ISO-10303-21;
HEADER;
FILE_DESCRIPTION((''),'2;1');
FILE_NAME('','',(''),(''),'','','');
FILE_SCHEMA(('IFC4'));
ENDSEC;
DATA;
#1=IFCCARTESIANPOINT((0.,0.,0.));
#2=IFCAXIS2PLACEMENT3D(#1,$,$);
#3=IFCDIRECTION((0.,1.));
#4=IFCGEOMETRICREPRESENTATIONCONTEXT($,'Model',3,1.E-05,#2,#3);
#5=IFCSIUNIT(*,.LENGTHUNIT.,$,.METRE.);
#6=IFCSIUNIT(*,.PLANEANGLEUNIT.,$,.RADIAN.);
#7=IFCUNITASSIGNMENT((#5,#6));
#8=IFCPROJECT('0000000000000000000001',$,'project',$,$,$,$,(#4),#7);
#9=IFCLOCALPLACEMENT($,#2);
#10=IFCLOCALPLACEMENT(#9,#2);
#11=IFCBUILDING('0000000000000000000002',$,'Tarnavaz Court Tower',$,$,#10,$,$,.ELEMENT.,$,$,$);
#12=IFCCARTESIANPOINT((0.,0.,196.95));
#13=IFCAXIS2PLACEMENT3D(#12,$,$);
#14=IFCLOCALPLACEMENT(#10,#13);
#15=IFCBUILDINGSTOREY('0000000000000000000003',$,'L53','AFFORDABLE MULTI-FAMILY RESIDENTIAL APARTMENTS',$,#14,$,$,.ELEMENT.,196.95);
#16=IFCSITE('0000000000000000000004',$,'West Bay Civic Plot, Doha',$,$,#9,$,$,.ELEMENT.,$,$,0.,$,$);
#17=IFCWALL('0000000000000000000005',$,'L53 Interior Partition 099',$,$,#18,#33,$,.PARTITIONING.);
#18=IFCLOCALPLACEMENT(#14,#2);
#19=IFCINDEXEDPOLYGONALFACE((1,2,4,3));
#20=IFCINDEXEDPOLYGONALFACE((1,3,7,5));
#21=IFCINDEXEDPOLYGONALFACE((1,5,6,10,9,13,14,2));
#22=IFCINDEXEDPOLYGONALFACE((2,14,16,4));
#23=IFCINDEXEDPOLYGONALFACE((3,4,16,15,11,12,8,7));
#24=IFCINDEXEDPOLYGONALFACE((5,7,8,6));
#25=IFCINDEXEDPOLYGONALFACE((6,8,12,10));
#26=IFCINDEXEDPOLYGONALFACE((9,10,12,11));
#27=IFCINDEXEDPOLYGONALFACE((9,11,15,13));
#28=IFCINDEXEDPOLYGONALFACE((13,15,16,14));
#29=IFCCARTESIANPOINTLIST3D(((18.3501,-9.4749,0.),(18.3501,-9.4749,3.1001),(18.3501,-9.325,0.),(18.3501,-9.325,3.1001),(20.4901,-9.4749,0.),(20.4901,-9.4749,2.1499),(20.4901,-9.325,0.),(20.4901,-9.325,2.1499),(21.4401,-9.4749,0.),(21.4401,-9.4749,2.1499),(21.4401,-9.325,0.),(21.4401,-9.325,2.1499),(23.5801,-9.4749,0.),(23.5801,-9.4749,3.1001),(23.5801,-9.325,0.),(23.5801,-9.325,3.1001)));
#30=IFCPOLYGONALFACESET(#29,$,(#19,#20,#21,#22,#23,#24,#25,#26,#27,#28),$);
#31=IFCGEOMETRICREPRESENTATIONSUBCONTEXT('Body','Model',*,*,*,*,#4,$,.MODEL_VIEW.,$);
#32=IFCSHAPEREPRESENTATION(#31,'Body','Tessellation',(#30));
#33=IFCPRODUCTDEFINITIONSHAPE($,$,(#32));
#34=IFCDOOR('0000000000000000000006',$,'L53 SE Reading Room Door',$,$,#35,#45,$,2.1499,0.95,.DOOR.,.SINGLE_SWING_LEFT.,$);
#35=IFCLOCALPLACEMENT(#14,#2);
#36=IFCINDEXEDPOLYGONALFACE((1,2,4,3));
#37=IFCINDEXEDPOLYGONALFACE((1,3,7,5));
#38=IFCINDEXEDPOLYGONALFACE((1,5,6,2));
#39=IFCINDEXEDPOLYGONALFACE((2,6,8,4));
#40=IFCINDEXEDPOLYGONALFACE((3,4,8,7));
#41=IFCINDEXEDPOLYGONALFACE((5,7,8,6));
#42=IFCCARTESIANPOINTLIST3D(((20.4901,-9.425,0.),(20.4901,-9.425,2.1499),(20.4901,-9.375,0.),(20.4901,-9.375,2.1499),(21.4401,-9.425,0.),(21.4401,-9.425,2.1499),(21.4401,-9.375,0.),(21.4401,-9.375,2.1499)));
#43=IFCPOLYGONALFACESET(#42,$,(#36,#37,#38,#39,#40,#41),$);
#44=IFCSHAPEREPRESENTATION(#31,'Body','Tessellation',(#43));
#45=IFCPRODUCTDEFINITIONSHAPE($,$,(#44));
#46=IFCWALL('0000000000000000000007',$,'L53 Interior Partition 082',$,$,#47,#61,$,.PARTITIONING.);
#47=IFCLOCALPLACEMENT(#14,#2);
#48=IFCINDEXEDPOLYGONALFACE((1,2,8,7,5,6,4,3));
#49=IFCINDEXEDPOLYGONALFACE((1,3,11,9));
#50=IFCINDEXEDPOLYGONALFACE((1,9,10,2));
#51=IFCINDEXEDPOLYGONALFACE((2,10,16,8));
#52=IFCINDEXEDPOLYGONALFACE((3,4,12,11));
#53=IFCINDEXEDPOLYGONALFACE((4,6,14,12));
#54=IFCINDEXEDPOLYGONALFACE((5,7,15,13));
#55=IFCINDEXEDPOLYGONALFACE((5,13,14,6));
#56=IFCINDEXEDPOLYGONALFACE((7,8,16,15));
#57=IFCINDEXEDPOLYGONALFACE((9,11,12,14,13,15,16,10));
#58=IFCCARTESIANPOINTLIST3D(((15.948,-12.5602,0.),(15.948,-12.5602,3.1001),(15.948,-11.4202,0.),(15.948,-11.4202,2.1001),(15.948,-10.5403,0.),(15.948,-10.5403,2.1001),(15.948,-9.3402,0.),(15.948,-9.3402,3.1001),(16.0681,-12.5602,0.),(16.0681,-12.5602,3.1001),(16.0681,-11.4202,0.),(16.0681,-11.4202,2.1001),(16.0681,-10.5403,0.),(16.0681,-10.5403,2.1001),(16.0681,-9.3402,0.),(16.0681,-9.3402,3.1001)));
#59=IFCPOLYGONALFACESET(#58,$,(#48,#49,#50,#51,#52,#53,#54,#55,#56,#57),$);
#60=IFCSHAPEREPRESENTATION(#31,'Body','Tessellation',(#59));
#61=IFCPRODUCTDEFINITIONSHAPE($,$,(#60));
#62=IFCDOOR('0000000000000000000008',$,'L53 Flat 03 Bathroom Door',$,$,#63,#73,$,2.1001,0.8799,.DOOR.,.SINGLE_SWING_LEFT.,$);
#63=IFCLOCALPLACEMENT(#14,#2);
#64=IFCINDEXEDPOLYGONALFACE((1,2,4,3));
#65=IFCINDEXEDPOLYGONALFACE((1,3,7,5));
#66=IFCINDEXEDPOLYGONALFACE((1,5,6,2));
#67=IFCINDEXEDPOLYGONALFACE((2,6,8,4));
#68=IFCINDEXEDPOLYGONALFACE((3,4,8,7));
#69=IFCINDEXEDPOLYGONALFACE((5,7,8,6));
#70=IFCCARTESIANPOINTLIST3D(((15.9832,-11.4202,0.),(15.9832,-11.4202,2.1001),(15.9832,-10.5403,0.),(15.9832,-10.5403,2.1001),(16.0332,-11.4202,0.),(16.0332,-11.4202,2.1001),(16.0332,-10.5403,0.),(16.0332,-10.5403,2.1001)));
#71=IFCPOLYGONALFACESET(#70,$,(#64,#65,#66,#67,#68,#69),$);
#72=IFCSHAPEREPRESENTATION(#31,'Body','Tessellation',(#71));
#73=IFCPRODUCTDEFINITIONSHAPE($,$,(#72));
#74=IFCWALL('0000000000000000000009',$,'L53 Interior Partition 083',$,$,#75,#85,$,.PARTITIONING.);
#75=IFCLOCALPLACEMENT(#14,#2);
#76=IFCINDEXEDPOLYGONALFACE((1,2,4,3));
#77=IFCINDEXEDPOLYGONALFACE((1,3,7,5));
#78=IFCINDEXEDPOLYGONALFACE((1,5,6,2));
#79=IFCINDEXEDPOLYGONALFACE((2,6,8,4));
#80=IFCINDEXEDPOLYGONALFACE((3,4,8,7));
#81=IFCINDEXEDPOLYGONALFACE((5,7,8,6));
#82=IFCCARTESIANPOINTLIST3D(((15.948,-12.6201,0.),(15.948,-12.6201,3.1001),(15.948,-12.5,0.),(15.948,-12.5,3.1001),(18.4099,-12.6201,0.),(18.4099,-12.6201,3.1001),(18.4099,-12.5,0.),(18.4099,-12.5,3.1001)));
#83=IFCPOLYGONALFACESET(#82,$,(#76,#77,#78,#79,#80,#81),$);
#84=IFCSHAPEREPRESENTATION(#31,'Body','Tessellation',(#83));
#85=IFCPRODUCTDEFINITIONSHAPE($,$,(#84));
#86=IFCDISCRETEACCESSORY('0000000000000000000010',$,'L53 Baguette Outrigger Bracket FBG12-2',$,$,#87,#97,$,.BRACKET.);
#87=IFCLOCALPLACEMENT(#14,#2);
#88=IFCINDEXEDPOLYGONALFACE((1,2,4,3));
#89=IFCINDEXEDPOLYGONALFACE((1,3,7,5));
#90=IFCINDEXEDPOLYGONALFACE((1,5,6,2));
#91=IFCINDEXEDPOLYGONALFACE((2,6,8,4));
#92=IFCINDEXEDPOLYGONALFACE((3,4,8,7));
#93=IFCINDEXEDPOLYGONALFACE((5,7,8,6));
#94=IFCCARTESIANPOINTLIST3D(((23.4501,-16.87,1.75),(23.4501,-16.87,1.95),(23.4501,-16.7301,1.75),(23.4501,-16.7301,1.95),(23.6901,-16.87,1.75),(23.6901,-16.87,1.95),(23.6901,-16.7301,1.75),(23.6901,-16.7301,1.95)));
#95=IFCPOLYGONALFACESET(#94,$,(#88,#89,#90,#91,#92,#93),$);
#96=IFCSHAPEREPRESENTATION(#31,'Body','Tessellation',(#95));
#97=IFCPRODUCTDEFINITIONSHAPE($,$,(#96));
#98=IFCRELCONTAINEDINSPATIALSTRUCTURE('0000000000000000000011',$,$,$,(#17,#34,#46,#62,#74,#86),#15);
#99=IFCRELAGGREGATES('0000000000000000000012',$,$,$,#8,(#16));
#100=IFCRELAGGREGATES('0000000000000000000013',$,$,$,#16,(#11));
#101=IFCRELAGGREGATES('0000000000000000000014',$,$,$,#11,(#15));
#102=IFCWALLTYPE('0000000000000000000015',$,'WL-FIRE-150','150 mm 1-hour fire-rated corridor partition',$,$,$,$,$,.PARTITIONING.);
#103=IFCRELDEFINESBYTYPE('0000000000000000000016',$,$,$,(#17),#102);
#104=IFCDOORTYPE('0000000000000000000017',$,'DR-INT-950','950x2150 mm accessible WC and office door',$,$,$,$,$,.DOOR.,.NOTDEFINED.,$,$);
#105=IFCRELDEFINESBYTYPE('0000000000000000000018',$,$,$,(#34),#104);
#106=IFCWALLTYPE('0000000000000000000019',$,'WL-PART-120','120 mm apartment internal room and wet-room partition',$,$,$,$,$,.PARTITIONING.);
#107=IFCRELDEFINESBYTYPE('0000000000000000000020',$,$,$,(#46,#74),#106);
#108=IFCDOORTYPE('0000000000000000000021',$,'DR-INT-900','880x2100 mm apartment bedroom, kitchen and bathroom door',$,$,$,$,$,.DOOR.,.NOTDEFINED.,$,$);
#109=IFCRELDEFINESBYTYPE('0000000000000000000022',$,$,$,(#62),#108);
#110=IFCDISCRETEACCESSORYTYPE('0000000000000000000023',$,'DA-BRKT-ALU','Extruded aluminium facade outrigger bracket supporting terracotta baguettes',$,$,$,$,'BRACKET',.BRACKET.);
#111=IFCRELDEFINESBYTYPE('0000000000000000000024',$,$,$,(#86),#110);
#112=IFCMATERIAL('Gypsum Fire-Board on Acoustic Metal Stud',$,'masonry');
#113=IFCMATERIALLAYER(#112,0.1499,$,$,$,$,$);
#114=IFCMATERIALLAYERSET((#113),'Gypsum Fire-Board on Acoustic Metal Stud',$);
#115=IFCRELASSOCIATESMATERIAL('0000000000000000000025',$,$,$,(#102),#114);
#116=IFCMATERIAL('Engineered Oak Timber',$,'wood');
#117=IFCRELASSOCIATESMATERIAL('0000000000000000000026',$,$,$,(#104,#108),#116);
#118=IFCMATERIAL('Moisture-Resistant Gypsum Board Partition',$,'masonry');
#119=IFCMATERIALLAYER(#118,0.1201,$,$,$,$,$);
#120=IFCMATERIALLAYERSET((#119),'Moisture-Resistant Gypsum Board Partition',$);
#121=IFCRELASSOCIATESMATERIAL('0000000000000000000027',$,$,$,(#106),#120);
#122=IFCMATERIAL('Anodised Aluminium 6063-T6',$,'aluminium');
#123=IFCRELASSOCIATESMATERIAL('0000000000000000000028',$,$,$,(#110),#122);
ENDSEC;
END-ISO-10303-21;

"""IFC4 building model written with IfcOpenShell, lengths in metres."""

from ifc_helpers import new_model, si_unit, direction, frame, frame_2d, origin, origin_2d, place, context, subcontext, project, spatial, rectangle, extrude, material, layer, layer_set, type_object, element, fill, save


model = new_model("IFC4")

# Units and contexts
model_context = context("Model", 3, precision=1e-05, world=origin(), true_north=direction((0.0, 1.0)))
body_context = subcontext(model_context, "Body", "Model", "MODEL_VIEW")
ifc_project = project(units=[si_unit("LENGTHUNIT", "METRE"), si_unit("PLANEANGLEUNIT", "RADIAN")], contexts=[model_context])

# Site, building, storey
site_placement = place(None, origin())
site = spatial("IfcSite", under=ifc_project, at=site_placement, Name="West Bay Civic Plot, Doha", CompositionType="ELEMENT", RefElevation=0.0)
building_placement = place(site_placement, origin())
building = spatial("IfcBuilding", under=site, at=building_placement, Name="Tarnavaz Court Tower", CompositionType="ELEMENT")
storey_placement = place(building_placement, frame((0.0, 0.0, 196.95)))
storey = spatial("IfcBuildingStorey", under=building, at=storey_placement, Name="L53", Description="AFFORDABLE MULTI-FAMILY RESIDENTIAL APARTMENTS", CompositionType="ELEMENT", Elevation=196.95)

# Walls, openings, doors
ifc_material_1 = material(Name="Gypsum Fire-Board on Acoustic Metal Stud", Category="masonry")
ifc_layer_1 = layer(ifc_material_1, 0.1499)
ifc_layer_set_1 = layer_set([ifc_layer_1], Name="Gypsum Fire-Board on Acoustic Metal Stud")
wall_type_1 = type_object("IfcWallType", Name="WL-FIRE-150", Description="150 mm 1-hour fire-rated corridor partition", PredefinedType="PARTITIONING", material=ifc_layer_set_1)
ifc_material_2 = material(Name="Engineered Oak Timber", Category="wood")
wall_1_placement = place(storey_placement, frame((18.3501, -9.3999, 0.0), z_axis=(0.0, 0.0, 1.0), x_axis=(1.0, 0.0, 0.0)))
wall_1 = element("IfcWall", 1, at=wall_1_placement, inside=storey, type_object=wall_type_1, Name="L53 Interior Partition 099", PredefinedType="PARTITIONING", context=body_context, shape_type="SweptSolid", body=[
    extrude(rectangle(XDim=5.23, YDim=0.1499, at=frame_2d((2.615, 0.0))), origin(), (0.0, 0.0, 1.0), 3.1001),
])
opening_1_placement = place(wall_1_placement, frame((2.1399, 0.0, 0.0)))
opening_1 = element("IfcOpeningElement", 2, at=opening_1_placement, cuts=wall_1, PredefinedType="OPENING", context=body_context, shape_type="SweptSolid", body=[
    extrude(rectangle(XDim=0.95, YDim=2.1499, at=frame_2d((0.4751, 1.075))), frame((0.0, 0.085, 0.0), z_axis=(0.0, -1.0, 0.0), x_axis=(1.0, 0.0, 0.0)), (0.0, 0.0, 1.0), 0.1699),
])
door_type_1 = type_object("IfcDoorType", Name="DR-INT-950", Description="950x2150 mm accessible WC and office door", OperationType="NOTDEFINED", PredefinedType="DOOR", material=ifc_material_2)
door_1_placement = place(opening_1_placement, origin())
door_1 = element("IfcDoor", 3, at=door_1_placement, inside=storey, type_object=door_type_1, Name="L53 SE Reading Room Door", OperationType="SINGLE_SWING_LEFT", OverallHeight=2.1499, OverallWidth=0.95, PredefinedType="DOOR", context=body_context, shape_type="SweptSolid", body=[
    extrude(rectangle(XDim=0.95, YDim=2.1499, at=frame_2d((0.4751, 1.075))), frame((0.0, 0.0249, 0.0), z_axis=(0.0, -1.0, 0.0), x_axis=(1.0, 0.0, 0.0)), (0.0, 0.0, 1.0), 0.05),
])
fill(opening_1, door_1)
ifc_material_3 = material(Name="Moisture-Resistant Gypsum Board Partition", Category="masonry")
ifc_layer_2 = layer(ifc_material_3, 0.1201)
ifc_layer_set_2 = layer_set([ifc_layer_2], Name="Moisture-Resistant Gypsum Board Partition")
wall_type_2 = type_object("IfcWallType", Name="WL-PART-120", Description="120 mm apartment internal room and wet-room partition", PredefinedType="PARTITIONING", material=ifc_layer_set_2)
wall_2_placement = place(storey_placement, frame((16.0081, -12.5601, 0.0), z_axis=(0.0, 0.0, 1.0), x_axis=(0.0, 1.0, 0.0)))
wall_2 = element("IfcWall", 4, at=wall_2_placement, inside=storey, type_object=wall_type_2, Name="L53 Interior Partition 082", PredefinedType="PARTITIONING", context=body_context, shape_type="SweptSolid", body=[
    extrude(rectangle(XDim=3.22, YDim=0.1201, at=frame_2d((1.6099, 0.0))), origin(), (0.0, 0.0, 1.0), 3.1001),
])
opening_2_placement = place(wall_2_placement, frame((1.1399, 0.0, 0.0)))
opening_2 = element("IfcOpeningElement", 5, at=opening_2_placement, cuts=wall_2, PredefinedType="OPENING", context=body_context, shape_type="SweptSolid", body=[
    extrude(rectangle(XDim=0.8799, YDim=2.1001, at=frame_2d((0.4399, 1.05))), frame((0.0, 0.0701, 0.0), z_axis=(0.0, -1.0, 0.0), x_axis=(1.0, 0.0, 0.0)), (0.0, 0.0, 1.0), 0.1401),
])
door_type_2 = type_object("IfcDoorType", Name="DR-INT-900", Description="880x2100 mm apartment bedroom, kitchen and bathroom door", OperationType="NOTDEFINED", PredefinedType="DOOR", material=ifc_material_2)
door_2_placement = place(opening_2_placement, origin())
door_2 = element("IfcDoor", 6, at=door_2_placement, inside=storey, type_object=door_type_2, Name="L53 Flat 03 Bathroom Door", OperationType="SINGLE_SWING_LEFT", OverallHeight=2.1001, OverallWidth=0.8799, PredefinedType="DOOR", context=body_context, shape_type="SweptSolid", body=[
    extrude(rectangle(XDim=0.8799, YDim=2.1001, at=frame_2d((0.4399, 1.05))), frame((0.0, 0.0249, 0.0), z_axis=(0.0, -1.0, 0.0), x_axis=(1.0, 0.0, 0.0)), (0.0, 0.0, 1.0), 0.05),
])
fill(opening_2, door_2)

# Wall
wall_3_placement = place(storey_placement, frame((15.948, -12.5601, 0.0), z_axis=(0.0, 0.0, 1.0), x_axis=(1.0, 0.0, 0.0)))
element("IfcWall", 7, at=wall_3_placement, inside=storey, type_object=wall_type_2, Name="L53 Interior Partition 083", PredefinedType="PARTITIONING", context=body_context, shape_type="SweptSolid", body=[
    extrude(rectangle(XDim=2.4619, YDim=0.1201, at=frame_2d((1.231, 0.0))), origin(), (0.0, 0.0, 1.0), 3.1001),
])

# Discrete accessory
ifc_material_4 = material(Name="Anodised Aluminium 6063-T6", Category="aluminium")
discrete_accessory_type = type_object("IfcDiscreteAccessoryType", Name="DA-BRKT-ALU", Description="Extruded aluminium facade outrigger bracket supporting terracotta baguettes", ElementType="BRACKET", PredefinedType="BRACKET", material=ifc_material_4)
discrete_accessory_placement = place(storey_placement, frame((23.5701, -16.8, 1.75), z_axis=(0.0, 0.0, 1.0), x_axis=(0.0, -1.0, 0.0)))
element("IfcDiscreteAccessory", 8, at=discrete_accessory_placement, inside=storey, type_object=discrete_accessory_type, Name="L53 Baguette Outrigger Bracket FBG12-2", PredefinedType="BRACKET", context=body_context, shape_type="SweptSolid", body=[
    extrude(rectangle(XDim=0.1399, YDim=0.24, at=origin_2d()), origin(), (0.0, 0.0, 1.0), 0.2),
])

save(model, "model.ifc")
